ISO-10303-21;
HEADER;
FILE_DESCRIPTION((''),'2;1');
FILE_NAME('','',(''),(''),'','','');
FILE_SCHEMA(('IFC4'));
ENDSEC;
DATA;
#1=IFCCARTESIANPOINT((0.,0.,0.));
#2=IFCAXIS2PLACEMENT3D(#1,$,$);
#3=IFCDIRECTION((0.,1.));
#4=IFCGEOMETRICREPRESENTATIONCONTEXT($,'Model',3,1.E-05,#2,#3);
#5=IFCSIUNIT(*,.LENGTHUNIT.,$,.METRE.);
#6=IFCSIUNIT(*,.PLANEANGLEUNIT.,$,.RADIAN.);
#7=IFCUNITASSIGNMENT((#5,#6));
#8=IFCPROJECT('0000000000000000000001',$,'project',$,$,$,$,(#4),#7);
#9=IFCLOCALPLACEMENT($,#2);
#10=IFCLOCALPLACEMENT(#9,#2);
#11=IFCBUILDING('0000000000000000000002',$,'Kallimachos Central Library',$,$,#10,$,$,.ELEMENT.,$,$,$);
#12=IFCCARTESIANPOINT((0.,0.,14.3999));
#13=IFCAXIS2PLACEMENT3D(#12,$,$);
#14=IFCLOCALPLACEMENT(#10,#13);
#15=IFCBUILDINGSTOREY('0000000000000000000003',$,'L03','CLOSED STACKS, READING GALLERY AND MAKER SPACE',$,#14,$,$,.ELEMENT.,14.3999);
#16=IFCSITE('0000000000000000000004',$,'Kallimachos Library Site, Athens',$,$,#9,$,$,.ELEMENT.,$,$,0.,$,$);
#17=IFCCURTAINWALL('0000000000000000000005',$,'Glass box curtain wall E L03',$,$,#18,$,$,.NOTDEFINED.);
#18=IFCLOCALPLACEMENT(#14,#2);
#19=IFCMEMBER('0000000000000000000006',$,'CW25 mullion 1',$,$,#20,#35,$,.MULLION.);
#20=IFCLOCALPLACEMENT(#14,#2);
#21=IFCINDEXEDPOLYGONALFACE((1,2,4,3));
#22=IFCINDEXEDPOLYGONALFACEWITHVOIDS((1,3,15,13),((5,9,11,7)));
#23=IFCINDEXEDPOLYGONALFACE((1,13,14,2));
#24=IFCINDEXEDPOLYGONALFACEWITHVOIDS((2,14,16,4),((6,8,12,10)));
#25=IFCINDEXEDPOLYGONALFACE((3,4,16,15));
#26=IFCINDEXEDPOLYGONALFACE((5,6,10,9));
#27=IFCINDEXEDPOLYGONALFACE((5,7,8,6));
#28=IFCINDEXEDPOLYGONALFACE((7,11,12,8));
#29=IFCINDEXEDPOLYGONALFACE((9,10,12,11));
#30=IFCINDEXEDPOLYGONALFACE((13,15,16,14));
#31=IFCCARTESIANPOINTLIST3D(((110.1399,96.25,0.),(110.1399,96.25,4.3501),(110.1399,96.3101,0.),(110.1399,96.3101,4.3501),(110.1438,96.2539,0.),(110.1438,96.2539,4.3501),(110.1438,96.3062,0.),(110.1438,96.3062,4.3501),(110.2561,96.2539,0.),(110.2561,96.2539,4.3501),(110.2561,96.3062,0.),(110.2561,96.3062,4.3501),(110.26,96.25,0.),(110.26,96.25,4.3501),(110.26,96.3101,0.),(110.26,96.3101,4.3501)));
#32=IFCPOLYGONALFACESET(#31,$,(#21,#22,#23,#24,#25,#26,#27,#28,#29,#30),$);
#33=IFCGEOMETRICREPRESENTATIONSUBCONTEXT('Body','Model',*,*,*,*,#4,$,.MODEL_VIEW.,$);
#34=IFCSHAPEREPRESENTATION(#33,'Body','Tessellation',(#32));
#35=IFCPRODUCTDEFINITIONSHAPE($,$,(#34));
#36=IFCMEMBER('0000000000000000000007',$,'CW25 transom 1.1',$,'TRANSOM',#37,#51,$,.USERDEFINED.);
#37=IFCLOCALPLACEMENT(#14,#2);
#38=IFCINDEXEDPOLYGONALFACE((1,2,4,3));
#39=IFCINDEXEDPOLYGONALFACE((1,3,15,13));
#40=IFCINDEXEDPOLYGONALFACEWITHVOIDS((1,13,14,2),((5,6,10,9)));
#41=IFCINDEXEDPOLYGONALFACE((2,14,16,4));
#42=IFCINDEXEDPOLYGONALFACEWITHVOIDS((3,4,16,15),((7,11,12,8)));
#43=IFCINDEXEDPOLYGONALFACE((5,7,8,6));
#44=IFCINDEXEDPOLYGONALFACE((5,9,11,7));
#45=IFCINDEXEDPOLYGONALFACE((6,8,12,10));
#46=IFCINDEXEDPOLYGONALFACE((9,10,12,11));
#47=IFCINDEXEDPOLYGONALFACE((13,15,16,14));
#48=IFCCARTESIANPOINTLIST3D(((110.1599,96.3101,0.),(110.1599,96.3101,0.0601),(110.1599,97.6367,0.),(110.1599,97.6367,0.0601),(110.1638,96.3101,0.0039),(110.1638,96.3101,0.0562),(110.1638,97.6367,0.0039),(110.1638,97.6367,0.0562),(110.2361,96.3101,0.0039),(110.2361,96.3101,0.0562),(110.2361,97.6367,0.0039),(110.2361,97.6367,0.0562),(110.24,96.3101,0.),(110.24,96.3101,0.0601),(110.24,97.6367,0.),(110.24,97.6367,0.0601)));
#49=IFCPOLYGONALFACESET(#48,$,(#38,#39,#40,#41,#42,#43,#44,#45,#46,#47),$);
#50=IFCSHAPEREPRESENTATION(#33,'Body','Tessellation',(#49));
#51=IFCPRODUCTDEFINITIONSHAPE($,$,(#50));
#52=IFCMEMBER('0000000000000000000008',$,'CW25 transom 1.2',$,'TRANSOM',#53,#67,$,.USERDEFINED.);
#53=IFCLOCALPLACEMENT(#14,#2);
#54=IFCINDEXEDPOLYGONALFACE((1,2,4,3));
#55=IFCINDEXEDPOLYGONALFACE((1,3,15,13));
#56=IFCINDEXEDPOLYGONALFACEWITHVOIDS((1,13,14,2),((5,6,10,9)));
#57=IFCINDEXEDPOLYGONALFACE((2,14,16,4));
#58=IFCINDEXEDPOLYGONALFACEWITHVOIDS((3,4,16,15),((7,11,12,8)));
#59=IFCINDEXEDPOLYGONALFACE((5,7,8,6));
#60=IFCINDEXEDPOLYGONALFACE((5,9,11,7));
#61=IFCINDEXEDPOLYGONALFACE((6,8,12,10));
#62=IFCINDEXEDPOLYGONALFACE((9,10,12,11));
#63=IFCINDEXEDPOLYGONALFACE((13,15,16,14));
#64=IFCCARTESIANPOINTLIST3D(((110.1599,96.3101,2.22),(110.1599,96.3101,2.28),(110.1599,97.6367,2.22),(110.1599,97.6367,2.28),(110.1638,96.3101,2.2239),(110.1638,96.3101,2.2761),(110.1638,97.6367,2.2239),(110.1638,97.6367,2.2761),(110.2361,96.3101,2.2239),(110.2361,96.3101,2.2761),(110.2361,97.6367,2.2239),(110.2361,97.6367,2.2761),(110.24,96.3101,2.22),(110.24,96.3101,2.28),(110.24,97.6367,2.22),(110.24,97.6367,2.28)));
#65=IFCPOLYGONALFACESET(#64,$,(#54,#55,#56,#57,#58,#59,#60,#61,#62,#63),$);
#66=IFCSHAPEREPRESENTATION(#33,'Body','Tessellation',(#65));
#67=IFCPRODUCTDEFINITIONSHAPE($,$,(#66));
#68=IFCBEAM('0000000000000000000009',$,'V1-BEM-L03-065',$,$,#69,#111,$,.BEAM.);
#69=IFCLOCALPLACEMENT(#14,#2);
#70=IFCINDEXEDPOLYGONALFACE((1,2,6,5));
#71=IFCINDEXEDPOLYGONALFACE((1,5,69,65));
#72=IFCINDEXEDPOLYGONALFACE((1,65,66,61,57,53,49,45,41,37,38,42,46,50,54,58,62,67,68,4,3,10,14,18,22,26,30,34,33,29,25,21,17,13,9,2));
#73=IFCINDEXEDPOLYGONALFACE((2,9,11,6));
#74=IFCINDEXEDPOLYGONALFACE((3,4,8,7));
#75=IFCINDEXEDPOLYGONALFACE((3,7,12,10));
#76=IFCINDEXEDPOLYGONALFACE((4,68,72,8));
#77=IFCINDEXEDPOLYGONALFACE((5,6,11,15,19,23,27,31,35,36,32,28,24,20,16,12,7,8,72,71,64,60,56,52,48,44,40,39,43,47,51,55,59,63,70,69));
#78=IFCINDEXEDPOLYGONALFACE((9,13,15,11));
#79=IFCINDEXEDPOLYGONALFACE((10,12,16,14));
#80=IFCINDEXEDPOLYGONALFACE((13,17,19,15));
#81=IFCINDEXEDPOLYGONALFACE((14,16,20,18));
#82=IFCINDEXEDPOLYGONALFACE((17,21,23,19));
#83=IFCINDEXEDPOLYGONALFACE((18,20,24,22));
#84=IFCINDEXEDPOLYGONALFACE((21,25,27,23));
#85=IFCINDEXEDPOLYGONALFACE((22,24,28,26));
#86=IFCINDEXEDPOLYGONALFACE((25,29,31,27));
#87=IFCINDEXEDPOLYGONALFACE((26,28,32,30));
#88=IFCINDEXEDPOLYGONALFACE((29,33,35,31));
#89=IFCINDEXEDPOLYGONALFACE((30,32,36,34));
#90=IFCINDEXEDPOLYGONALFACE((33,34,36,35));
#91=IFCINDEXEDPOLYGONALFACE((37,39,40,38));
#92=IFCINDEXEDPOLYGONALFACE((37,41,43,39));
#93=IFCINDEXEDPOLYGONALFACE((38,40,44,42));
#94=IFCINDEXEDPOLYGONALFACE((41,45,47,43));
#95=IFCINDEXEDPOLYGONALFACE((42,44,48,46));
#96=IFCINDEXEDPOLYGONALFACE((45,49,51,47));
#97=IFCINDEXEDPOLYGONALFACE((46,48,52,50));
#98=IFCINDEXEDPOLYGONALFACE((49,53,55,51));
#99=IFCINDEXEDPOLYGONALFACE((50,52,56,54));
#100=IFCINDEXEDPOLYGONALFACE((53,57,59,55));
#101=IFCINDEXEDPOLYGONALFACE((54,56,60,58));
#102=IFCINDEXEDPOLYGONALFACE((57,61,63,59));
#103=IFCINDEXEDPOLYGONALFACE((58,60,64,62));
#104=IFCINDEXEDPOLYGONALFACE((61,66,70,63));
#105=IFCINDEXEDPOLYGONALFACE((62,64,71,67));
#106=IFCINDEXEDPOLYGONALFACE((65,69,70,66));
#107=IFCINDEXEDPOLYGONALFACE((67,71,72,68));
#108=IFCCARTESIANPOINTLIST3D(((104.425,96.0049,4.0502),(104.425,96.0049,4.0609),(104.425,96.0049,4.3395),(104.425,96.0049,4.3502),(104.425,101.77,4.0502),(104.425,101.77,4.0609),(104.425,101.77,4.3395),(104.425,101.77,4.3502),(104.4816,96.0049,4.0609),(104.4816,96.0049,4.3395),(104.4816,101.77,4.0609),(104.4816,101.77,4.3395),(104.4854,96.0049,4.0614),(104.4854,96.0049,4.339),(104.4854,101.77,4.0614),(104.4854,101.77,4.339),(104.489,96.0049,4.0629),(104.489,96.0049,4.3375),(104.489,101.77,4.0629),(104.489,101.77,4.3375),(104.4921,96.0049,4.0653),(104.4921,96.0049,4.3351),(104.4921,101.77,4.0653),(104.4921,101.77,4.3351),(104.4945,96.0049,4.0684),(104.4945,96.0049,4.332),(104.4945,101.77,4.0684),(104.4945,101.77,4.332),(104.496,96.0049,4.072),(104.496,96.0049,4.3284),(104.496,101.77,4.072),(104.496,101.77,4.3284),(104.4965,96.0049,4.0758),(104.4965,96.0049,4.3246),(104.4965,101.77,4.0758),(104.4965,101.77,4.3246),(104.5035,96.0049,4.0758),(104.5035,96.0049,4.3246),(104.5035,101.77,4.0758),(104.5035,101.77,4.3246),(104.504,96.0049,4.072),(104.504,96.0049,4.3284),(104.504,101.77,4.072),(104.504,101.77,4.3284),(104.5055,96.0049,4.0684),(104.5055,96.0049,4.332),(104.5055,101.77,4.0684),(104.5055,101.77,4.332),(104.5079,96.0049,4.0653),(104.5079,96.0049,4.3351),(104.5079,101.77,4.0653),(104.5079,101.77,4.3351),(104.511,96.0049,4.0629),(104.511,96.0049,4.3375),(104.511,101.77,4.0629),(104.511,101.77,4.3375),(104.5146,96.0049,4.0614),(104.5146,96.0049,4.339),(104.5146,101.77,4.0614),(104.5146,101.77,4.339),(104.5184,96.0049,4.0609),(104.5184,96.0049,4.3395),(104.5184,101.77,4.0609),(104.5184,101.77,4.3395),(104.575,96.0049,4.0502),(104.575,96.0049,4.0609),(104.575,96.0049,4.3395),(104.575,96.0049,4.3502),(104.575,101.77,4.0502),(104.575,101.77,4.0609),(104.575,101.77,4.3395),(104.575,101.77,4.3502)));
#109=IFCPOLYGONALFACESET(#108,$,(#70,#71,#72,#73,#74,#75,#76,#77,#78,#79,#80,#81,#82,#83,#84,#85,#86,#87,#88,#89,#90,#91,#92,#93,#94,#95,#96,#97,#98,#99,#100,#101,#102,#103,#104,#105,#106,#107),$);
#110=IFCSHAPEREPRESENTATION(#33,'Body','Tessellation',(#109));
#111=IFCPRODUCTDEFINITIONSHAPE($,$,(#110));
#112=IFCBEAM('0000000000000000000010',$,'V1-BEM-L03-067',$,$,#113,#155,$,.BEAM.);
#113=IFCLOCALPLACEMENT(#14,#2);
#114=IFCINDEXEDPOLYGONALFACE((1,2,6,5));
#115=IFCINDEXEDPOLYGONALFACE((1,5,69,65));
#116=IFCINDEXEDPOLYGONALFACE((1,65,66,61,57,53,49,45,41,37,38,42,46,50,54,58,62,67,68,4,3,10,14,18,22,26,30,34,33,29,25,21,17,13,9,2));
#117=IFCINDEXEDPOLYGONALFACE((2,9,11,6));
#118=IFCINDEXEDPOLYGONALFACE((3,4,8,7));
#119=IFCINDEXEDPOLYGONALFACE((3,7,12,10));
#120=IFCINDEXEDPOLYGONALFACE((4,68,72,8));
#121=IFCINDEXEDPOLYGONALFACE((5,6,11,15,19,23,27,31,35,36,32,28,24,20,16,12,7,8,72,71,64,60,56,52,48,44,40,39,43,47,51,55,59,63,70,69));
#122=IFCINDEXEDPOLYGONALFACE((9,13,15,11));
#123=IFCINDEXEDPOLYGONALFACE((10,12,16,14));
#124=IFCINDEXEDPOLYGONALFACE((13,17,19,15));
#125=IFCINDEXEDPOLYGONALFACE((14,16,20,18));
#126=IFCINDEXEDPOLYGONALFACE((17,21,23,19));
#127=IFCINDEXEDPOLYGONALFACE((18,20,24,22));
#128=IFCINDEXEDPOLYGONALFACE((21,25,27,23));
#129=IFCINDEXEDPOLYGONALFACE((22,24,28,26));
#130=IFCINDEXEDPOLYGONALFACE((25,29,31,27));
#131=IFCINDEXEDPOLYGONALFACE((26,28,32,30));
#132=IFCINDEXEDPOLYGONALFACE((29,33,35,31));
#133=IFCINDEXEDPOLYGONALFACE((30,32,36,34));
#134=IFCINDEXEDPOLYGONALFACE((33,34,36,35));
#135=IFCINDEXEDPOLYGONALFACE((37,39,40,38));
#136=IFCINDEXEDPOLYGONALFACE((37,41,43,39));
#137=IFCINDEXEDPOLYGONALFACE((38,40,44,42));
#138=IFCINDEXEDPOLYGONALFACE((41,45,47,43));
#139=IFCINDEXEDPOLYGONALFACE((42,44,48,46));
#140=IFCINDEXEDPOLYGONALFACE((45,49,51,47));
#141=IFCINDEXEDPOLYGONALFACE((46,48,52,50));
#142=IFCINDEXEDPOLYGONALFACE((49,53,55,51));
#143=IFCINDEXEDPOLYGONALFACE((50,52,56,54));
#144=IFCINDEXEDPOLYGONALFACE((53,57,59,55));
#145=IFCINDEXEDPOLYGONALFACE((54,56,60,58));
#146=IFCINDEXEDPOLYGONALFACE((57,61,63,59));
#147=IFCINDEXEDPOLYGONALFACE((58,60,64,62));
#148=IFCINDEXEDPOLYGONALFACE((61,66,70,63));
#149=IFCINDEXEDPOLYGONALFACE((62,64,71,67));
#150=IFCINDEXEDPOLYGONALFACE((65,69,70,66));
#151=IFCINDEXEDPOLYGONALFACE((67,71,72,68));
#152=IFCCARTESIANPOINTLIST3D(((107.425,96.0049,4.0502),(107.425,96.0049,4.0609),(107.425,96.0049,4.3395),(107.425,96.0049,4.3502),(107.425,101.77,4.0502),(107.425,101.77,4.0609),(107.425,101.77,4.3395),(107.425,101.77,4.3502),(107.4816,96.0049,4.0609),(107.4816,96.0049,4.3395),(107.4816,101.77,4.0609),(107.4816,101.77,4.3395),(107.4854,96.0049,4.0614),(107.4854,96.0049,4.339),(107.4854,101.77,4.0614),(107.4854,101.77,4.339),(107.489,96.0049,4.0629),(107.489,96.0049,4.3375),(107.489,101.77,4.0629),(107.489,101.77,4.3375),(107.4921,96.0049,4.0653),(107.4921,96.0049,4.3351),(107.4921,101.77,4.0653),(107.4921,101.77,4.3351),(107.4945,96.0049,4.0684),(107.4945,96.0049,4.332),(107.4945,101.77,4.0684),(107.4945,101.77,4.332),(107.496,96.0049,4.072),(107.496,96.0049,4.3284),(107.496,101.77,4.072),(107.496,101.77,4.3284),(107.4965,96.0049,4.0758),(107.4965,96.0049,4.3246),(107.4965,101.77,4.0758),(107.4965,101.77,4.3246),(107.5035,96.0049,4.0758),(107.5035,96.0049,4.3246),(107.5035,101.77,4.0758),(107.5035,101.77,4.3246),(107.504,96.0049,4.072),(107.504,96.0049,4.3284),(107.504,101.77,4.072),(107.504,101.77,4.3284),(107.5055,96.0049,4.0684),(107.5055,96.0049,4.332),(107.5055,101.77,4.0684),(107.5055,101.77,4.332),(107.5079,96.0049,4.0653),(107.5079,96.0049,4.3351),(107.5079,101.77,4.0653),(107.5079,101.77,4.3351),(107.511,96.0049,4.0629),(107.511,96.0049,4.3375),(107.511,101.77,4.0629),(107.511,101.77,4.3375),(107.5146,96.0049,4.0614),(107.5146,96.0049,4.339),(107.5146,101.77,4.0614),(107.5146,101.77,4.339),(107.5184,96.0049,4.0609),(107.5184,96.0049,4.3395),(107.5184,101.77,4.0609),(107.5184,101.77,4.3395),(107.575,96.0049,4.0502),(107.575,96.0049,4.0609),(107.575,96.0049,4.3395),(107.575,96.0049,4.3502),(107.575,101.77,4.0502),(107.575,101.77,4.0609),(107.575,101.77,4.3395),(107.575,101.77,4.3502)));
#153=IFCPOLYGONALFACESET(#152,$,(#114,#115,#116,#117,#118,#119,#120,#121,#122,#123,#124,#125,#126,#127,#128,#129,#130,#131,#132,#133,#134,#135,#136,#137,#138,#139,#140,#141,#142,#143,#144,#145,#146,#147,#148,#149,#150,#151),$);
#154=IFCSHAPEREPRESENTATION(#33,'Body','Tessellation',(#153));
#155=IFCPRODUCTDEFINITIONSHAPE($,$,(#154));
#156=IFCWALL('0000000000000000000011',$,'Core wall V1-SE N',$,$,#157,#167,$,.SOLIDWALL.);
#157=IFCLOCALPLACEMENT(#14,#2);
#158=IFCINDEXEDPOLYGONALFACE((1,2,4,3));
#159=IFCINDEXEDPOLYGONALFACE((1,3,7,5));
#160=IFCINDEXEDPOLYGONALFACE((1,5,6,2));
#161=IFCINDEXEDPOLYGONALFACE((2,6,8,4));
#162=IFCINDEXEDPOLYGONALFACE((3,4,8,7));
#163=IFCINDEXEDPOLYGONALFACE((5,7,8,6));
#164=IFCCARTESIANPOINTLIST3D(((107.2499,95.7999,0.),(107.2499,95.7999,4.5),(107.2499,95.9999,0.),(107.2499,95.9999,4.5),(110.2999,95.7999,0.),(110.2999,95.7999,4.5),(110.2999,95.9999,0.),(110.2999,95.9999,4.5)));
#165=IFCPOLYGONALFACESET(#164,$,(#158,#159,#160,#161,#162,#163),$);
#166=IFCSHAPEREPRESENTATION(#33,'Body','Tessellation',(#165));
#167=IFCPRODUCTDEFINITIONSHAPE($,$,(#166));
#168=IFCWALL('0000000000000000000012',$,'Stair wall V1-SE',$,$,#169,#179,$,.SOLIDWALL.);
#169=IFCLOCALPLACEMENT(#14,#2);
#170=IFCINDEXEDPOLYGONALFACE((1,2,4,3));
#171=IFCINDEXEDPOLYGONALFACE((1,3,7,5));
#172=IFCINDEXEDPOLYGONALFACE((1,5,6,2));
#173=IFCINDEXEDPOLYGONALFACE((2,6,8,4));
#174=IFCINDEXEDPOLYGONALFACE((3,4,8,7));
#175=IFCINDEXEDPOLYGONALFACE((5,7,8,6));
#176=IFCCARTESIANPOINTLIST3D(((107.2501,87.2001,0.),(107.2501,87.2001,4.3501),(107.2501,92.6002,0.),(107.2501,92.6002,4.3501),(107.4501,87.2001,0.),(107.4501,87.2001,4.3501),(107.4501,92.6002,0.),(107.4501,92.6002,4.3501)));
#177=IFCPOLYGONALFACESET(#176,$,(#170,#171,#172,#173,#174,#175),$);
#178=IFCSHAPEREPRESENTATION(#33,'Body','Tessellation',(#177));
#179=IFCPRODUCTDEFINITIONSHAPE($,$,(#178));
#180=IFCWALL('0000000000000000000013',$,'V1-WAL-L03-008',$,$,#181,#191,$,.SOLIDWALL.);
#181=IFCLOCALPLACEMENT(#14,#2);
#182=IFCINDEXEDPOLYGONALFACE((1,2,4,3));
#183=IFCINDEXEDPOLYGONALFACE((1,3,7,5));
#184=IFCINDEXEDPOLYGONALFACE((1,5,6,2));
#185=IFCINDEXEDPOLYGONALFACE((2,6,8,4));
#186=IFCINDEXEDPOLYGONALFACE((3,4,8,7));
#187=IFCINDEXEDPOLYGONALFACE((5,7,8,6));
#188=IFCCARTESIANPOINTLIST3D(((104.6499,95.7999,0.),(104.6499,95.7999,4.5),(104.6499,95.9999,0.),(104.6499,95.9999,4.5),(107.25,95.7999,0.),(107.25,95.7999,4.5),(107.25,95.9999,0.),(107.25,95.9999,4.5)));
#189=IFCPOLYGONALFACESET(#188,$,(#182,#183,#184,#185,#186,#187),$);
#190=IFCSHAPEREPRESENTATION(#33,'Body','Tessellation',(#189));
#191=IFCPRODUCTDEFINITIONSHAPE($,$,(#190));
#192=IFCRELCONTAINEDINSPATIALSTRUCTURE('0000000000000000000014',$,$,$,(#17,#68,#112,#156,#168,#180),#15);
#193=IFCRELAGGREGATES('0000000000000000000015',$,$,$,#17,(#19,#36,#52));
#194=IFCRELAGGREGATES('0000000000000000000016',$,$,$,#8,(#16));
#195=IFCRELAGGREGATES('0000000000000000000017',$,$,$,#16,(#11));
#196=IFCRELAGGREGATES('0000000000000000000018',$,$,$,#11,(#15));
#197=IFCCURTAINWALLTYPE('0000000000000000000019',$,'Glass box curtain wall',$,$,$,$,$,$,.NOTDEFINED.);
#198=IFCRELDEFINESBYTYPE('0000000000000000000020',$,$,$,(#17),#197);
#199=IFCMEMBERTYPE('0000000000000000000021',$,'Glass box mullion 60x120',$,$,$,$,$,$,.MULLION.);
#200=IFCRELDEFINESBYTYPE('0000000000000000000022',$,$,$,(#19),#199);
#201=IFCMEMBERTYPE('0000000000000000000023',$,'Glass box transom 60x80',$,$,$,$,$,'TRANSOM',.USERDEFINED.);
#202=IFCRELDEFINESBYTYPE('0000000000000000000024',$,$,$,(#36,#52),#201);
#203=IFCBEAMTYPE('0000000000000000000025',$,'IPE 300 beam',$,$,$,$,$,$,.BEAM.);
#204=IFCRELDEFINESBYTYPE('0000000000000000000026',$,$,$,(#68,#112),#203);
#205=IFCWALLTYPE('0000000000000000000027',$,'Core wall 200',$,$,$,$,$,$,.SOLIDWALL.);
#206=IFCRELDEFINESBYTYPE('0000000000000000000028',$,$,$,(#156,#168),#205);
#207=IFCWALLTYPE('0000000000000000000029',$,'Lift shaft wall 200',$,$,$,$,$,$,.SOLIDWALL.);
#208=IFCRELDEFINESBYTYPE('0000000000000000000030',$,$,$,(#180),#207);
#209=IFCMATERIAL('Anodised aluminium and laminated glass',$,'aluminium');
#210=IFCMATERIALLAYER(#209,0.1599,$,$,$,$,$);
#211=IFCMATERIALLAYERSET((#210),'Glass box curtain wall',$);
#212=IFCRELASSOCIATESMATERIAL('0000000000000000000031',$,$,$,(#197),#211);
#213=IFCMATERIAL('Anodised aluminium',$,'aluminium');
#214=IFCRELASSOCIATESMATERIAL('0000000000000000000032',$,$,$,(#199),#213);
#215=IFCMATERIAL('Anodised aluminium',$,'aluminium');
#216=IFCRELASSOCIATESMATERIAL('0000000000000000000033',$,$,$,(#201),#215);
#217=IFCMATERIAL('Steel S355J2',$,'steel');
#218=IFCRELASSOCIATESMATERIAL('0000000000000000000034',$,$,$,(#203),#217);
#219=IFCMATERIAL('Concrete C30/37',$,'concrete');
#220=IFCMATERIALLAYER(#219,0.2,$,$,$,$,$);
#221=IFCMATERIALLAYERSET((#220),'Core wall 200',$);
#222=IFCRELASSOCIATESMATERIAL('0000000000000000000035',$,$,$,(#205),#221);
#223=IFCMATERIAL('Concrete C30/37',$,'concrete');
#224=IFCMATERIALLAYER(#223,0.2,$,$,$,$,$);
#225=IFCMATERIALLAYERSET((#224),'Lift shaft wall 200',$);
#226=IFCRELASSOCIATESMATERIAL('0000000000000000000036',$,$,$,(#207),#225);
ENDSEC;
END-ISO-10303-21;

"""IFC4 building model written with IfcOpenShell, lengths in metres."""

from ifc_helpers import new_model, si_unit, direction, frame, frame_2d, origin, origin_2d, place, context, subcontext, project, spatial, rectangle, hollow_rectangle, i_section, extrude, material, layer, layer_set, material_profile, profile_set, type_object, element, aggregate, save


model = new_model("IFC4")

# Units and contexts
model_context = context("Model", 3, precision=1e-05, world=origin(), true_north=direction((0.0, 1.0)))
body_context = subcontext(model_context, "Body", "Model", "MODEL_VIEW")
ifc_project = project(units=[si_unit("LENGTHUNIT", "METRE"), si_unit("PLANEANGLEUNIT", "RADIAN")], contexts=[model_context])

# Site, building, storey
site_placement = place(None, origin())
site = spatial("IfcSite", under=ifc_project, at=site_placement, Name="Kallimachos Library Site, Athens", CompositionType="ELEMENT", RefElevation=0.0)
building_placement = place(site_placement, origin())
building = spatial("IfcBuilding", under=site, at=building_placement, Name="Kallimachos Central Library", CompositionType="ELEMENT")
storey_placement = place(building_placement, frame((0.0, 0.0, 14.3999)))
storey = spatial("IfcBuildingStorey", under=building, at=storey_placement, Name="L03", Description="CLOSED STACKS, READING GALLERY AND MAKER SPACE", CompositionType="ELEMENT", Elevation=14.3999)

# Curtain wall, members
ifc_material_1 = material(Name="Anodised aluminium and laminated glass", Category="aluminium")
ifc_layer_1 = layer(ifc_material_1, 0.1599)
ifc_layer_set_1 = layer_set([ifc_layer_1], Name="Glass box curtain wall")
curtain_wall_type = type_object("IfcCurtainWallType", Name="Glass box curtain wall", PredefinedType="NOTDEFINED", material=ifc_layer_set_1)
curtain_wall_placement = place(storey_placement, origin())
curtain_wall = element("IfcCurtainWall", 1, at=curtain_wall_placement, inside=storey, type_object=curtain_wall_type, Name="Glass box curtain wall E L03", PredefinedType="NOTDEFINED")
ifc_material_2 = material(Name="Anodised aluminium", Category="aluminium")
ifc_material_profile_1 = material_profile(ifc_material_2, hollow_rectangle(XDim=0.0601, YDim=0.1201, WallThickness=0.0039, at=origin_2d()), Name="ALU MULLION 60x120")
ifc_profile_set_1 = profile_set([ifc_material_profile_1], Name="Anodised aluminium")
member_type_1 = type_object("IfcMemberType", Name="Glass box mullion 60x120", PredefinedType="MULLION", material=ifc_profile_set_1)
member_1_placement = place(storey_placement, frame((110.2, 96.28, 0.0), z_axis=(0.0, 0.0, 1.0), x_axis=(0.0, 1.0, 0.0)))
member_1 = element("IfcMember", 2, at=member_1_placement, type_object=member_type_1, Name="CW25 mullion 1", PredefinedType="MULLION", context=body_context, shape_type="SweptSolid", body=[
    extrude(hollow_rectangle(XDim=0.0601, YDim=0.1201, WallThickness=0.0039, at=origin_2d()), origin(), (0.0, 0.0, 1.0), 4.3501),
])
ifc_material_3 = material(Name="Anodised aluminium", Category="aluminium")
ifc_material_profile_2 = material_profile(ifc_material_3, hollow_rectangle(XDim=0.0601, YDim=0.0801, WallThickness=0.0039, at=origin_2d()), Name="ALU TRANSOM 60x80")
ifc_profile_set_2 = profile_set([ifc_material_profile_2], Name="Anodised aluminium")
member_type_2 = type_object("IfcMemberType", Name="Glass box transom 60x80", ElementType="TRANSOM", PredefinedType="USERDEFINED", material=ifc_profile_set_2)
member_2_placement = place(storey_placement, frame((110.2, 96.3101, 0.03), z_axis=(0.0, 1.0, 0.0), x_axis=(0.0, 0.0, 1.0)))
member_2 = element("IfcMember", 3, at=member_2_placement, type_object=member_type_2, Name="CW25 transom 1.1", ObjectType="TRANSOM", PredefinedType="USERDEFINED", context=body_context, shape_type="SweptSolid", body=[
    extrude(hollow_rectangle(XDim=0.0601, YDim=0.0801, WallThickness=0.0039, at=origin_2d()), origin(), (0.0, 0.0, 1.0), 1.3267),
])
member_3_placement = place(storey_placement, frame((110.2, 96.3101, 2.25), z_axis=(0.0, 1.0, 0.0), x_axis=(0.0, 0.0, 1.0)))
member_3 = element("IfcMember", 4, at=member_3_placement, type_object=member_type_2, Name="CW25 transom 1.2", ObjectType="TRANSOM", PredefinedType="USERDEFINED", context=body_context, shape_type="SweptSolid", body=[
    extrude(hollow_rectangle(XDim=0.0601, YDim=0.0801, WallThickness=0.0039, at=origin_2d()), origin(), (0.0, 0.0, 1.0), 1.3267),
])
aggregate(curtain_wall, [member_1, member_2, member_3])

# Beams
ifc_material_4 = material(Name="Steel S355J2", Category="steel")
ifc_material_profile_3 = material_profile(ifc_material_4, i_section(OverallWidth=0.1499, OverallDepth=0.3, WebThickness=0.0071, FlangeThickness=0.0107, FilletRadius=0.0149, at=origin_2d()), Name="IPE 300")
ifc_profile_set_3 = profile_set([ifc_material_profile_3], Name="Steel S355J2")
beam_type = type_object("IfcBeamType", Name="IPE 300 beam", PredefinedType="BEAM", material=ifc_profile_set_3)
for number, where, z_axis, x_axis, name in (
    (5, (104.5, 96.0049, 4.2002), (0.0, 1.0, 0.0), (-1.0, 0.0, 0.0), "V1-BEM-L03-065"),
    (6, (107.5, 96.0049, 4.2002), (0.0, 1.0, 0.0), (-1.0, 0.0, 0.0), "V1-BEM-L03-067"),
):
    element("IfcBeam", number, at=place(storey_placement, frame(where, z_axis=z_axis, x_axis=x_axis)), inside=storey, type_object=beam_type, Name=name, PredefinedType="BEAM", context=body_context, shape_type="SweptSolid", body=[
        extrude(i_section(OverallWidth=0.1499, OverallDepth=0.3, WebThickness=0.0071, FlangeThickness=0.0107, FilletRadius=0.0149, at=origin_2d()), origin(), (0.0, 0.0, 1.0), 5.7651),
    ])

# Walls
ifc_material_5 = material(Name="Concrete C30/37", Category="concrete")
ifc_layer_2 = layer(ifc_material_5, 0.2)
ifc_layer_set_2 = layer_set([ifc_layer_2], Name="Core wall 200")
wall_type_1 = type_object("IfcWallType", Name="Core wall 200", PredefinedType="SOLIDWALL", material=ifc_layer_set_2)
wall_1_placement = place(storey_placement, frame((107.25, 95.8999, 0.0), z_axis=(0.0, 0.0, 1.0), x_axis=(1.0, 0.0, 0.0)))
element("IfcWall", 7, at=wall_1_placement, inside=storey, type_object=wall_type_1, Name="Core wall V1-SE N", PredefinedType="SOLIDWALL", context=body_context, shape_type="SweptSolid", body=[
    extrude(rectangle(XDim=3.05, YDim=0.2, at=frame_2d((1.5249, 0.0))), origin(), (0.0, 0.0, 1.0), 4.5),
])
wall_2_placement = place(storey_placement, frame((107.3501, 87.2, 0.0), z_axis=(0.0, 0.0, 1.0), x_axis=(0.0, 1.0, 0.0)))
element("IfcWall", 8, at=wall_2_placement, inside=storey, type_object=wall_type_1, Name="Stair wall V1-SE", PredefinedType="SOLIDWALL", context=body_context, shape_type="SweptSolid", body=[
    extrude(rectangle(XDim=5.4001, YDim=0.2, at=frame_2d((2.7002, 0.0))), origin(), (0.0, 0.0, 1.0), 4.3501),
])
ifc_material_6 = material(Name="Concrete C30/37", Category="concrete")
ifc_layer_3 = layer(ifc_material_6, 0.2)
ifc_layer_set_3 = layer_set([ifc_layer_3], Name="Lift shaft wall 200")
wall_type_2 = type_object("IfcWallType", Name="Lift shaft wall 200", PredefinedType="SOLIDWALL", material=ifc_layer_set_3)
wall_3_placement = place(storey_placement, frame((104.6499, 95.8999, 0.0), z_axis=(0.0, 0.0, 1.0), x_axis=(1.0, 0.0, 0.0)))
element("IfcWall", 9, at=wall_3_placement, inside=storey, type_object=wall_type_2, Name="V1-WAL-L03-008", PredefinedType="SOLIDWALL", context=body_context, shape_type="SweptSolid", body=[
    extrude(rectangle(XDim=2.6001, YDim=0.2, at=frame_2d((1.3, 0.0))), origin(), (0.0, 0.0, 1.0), 4.5),
])

save(model, "model.ifc")
